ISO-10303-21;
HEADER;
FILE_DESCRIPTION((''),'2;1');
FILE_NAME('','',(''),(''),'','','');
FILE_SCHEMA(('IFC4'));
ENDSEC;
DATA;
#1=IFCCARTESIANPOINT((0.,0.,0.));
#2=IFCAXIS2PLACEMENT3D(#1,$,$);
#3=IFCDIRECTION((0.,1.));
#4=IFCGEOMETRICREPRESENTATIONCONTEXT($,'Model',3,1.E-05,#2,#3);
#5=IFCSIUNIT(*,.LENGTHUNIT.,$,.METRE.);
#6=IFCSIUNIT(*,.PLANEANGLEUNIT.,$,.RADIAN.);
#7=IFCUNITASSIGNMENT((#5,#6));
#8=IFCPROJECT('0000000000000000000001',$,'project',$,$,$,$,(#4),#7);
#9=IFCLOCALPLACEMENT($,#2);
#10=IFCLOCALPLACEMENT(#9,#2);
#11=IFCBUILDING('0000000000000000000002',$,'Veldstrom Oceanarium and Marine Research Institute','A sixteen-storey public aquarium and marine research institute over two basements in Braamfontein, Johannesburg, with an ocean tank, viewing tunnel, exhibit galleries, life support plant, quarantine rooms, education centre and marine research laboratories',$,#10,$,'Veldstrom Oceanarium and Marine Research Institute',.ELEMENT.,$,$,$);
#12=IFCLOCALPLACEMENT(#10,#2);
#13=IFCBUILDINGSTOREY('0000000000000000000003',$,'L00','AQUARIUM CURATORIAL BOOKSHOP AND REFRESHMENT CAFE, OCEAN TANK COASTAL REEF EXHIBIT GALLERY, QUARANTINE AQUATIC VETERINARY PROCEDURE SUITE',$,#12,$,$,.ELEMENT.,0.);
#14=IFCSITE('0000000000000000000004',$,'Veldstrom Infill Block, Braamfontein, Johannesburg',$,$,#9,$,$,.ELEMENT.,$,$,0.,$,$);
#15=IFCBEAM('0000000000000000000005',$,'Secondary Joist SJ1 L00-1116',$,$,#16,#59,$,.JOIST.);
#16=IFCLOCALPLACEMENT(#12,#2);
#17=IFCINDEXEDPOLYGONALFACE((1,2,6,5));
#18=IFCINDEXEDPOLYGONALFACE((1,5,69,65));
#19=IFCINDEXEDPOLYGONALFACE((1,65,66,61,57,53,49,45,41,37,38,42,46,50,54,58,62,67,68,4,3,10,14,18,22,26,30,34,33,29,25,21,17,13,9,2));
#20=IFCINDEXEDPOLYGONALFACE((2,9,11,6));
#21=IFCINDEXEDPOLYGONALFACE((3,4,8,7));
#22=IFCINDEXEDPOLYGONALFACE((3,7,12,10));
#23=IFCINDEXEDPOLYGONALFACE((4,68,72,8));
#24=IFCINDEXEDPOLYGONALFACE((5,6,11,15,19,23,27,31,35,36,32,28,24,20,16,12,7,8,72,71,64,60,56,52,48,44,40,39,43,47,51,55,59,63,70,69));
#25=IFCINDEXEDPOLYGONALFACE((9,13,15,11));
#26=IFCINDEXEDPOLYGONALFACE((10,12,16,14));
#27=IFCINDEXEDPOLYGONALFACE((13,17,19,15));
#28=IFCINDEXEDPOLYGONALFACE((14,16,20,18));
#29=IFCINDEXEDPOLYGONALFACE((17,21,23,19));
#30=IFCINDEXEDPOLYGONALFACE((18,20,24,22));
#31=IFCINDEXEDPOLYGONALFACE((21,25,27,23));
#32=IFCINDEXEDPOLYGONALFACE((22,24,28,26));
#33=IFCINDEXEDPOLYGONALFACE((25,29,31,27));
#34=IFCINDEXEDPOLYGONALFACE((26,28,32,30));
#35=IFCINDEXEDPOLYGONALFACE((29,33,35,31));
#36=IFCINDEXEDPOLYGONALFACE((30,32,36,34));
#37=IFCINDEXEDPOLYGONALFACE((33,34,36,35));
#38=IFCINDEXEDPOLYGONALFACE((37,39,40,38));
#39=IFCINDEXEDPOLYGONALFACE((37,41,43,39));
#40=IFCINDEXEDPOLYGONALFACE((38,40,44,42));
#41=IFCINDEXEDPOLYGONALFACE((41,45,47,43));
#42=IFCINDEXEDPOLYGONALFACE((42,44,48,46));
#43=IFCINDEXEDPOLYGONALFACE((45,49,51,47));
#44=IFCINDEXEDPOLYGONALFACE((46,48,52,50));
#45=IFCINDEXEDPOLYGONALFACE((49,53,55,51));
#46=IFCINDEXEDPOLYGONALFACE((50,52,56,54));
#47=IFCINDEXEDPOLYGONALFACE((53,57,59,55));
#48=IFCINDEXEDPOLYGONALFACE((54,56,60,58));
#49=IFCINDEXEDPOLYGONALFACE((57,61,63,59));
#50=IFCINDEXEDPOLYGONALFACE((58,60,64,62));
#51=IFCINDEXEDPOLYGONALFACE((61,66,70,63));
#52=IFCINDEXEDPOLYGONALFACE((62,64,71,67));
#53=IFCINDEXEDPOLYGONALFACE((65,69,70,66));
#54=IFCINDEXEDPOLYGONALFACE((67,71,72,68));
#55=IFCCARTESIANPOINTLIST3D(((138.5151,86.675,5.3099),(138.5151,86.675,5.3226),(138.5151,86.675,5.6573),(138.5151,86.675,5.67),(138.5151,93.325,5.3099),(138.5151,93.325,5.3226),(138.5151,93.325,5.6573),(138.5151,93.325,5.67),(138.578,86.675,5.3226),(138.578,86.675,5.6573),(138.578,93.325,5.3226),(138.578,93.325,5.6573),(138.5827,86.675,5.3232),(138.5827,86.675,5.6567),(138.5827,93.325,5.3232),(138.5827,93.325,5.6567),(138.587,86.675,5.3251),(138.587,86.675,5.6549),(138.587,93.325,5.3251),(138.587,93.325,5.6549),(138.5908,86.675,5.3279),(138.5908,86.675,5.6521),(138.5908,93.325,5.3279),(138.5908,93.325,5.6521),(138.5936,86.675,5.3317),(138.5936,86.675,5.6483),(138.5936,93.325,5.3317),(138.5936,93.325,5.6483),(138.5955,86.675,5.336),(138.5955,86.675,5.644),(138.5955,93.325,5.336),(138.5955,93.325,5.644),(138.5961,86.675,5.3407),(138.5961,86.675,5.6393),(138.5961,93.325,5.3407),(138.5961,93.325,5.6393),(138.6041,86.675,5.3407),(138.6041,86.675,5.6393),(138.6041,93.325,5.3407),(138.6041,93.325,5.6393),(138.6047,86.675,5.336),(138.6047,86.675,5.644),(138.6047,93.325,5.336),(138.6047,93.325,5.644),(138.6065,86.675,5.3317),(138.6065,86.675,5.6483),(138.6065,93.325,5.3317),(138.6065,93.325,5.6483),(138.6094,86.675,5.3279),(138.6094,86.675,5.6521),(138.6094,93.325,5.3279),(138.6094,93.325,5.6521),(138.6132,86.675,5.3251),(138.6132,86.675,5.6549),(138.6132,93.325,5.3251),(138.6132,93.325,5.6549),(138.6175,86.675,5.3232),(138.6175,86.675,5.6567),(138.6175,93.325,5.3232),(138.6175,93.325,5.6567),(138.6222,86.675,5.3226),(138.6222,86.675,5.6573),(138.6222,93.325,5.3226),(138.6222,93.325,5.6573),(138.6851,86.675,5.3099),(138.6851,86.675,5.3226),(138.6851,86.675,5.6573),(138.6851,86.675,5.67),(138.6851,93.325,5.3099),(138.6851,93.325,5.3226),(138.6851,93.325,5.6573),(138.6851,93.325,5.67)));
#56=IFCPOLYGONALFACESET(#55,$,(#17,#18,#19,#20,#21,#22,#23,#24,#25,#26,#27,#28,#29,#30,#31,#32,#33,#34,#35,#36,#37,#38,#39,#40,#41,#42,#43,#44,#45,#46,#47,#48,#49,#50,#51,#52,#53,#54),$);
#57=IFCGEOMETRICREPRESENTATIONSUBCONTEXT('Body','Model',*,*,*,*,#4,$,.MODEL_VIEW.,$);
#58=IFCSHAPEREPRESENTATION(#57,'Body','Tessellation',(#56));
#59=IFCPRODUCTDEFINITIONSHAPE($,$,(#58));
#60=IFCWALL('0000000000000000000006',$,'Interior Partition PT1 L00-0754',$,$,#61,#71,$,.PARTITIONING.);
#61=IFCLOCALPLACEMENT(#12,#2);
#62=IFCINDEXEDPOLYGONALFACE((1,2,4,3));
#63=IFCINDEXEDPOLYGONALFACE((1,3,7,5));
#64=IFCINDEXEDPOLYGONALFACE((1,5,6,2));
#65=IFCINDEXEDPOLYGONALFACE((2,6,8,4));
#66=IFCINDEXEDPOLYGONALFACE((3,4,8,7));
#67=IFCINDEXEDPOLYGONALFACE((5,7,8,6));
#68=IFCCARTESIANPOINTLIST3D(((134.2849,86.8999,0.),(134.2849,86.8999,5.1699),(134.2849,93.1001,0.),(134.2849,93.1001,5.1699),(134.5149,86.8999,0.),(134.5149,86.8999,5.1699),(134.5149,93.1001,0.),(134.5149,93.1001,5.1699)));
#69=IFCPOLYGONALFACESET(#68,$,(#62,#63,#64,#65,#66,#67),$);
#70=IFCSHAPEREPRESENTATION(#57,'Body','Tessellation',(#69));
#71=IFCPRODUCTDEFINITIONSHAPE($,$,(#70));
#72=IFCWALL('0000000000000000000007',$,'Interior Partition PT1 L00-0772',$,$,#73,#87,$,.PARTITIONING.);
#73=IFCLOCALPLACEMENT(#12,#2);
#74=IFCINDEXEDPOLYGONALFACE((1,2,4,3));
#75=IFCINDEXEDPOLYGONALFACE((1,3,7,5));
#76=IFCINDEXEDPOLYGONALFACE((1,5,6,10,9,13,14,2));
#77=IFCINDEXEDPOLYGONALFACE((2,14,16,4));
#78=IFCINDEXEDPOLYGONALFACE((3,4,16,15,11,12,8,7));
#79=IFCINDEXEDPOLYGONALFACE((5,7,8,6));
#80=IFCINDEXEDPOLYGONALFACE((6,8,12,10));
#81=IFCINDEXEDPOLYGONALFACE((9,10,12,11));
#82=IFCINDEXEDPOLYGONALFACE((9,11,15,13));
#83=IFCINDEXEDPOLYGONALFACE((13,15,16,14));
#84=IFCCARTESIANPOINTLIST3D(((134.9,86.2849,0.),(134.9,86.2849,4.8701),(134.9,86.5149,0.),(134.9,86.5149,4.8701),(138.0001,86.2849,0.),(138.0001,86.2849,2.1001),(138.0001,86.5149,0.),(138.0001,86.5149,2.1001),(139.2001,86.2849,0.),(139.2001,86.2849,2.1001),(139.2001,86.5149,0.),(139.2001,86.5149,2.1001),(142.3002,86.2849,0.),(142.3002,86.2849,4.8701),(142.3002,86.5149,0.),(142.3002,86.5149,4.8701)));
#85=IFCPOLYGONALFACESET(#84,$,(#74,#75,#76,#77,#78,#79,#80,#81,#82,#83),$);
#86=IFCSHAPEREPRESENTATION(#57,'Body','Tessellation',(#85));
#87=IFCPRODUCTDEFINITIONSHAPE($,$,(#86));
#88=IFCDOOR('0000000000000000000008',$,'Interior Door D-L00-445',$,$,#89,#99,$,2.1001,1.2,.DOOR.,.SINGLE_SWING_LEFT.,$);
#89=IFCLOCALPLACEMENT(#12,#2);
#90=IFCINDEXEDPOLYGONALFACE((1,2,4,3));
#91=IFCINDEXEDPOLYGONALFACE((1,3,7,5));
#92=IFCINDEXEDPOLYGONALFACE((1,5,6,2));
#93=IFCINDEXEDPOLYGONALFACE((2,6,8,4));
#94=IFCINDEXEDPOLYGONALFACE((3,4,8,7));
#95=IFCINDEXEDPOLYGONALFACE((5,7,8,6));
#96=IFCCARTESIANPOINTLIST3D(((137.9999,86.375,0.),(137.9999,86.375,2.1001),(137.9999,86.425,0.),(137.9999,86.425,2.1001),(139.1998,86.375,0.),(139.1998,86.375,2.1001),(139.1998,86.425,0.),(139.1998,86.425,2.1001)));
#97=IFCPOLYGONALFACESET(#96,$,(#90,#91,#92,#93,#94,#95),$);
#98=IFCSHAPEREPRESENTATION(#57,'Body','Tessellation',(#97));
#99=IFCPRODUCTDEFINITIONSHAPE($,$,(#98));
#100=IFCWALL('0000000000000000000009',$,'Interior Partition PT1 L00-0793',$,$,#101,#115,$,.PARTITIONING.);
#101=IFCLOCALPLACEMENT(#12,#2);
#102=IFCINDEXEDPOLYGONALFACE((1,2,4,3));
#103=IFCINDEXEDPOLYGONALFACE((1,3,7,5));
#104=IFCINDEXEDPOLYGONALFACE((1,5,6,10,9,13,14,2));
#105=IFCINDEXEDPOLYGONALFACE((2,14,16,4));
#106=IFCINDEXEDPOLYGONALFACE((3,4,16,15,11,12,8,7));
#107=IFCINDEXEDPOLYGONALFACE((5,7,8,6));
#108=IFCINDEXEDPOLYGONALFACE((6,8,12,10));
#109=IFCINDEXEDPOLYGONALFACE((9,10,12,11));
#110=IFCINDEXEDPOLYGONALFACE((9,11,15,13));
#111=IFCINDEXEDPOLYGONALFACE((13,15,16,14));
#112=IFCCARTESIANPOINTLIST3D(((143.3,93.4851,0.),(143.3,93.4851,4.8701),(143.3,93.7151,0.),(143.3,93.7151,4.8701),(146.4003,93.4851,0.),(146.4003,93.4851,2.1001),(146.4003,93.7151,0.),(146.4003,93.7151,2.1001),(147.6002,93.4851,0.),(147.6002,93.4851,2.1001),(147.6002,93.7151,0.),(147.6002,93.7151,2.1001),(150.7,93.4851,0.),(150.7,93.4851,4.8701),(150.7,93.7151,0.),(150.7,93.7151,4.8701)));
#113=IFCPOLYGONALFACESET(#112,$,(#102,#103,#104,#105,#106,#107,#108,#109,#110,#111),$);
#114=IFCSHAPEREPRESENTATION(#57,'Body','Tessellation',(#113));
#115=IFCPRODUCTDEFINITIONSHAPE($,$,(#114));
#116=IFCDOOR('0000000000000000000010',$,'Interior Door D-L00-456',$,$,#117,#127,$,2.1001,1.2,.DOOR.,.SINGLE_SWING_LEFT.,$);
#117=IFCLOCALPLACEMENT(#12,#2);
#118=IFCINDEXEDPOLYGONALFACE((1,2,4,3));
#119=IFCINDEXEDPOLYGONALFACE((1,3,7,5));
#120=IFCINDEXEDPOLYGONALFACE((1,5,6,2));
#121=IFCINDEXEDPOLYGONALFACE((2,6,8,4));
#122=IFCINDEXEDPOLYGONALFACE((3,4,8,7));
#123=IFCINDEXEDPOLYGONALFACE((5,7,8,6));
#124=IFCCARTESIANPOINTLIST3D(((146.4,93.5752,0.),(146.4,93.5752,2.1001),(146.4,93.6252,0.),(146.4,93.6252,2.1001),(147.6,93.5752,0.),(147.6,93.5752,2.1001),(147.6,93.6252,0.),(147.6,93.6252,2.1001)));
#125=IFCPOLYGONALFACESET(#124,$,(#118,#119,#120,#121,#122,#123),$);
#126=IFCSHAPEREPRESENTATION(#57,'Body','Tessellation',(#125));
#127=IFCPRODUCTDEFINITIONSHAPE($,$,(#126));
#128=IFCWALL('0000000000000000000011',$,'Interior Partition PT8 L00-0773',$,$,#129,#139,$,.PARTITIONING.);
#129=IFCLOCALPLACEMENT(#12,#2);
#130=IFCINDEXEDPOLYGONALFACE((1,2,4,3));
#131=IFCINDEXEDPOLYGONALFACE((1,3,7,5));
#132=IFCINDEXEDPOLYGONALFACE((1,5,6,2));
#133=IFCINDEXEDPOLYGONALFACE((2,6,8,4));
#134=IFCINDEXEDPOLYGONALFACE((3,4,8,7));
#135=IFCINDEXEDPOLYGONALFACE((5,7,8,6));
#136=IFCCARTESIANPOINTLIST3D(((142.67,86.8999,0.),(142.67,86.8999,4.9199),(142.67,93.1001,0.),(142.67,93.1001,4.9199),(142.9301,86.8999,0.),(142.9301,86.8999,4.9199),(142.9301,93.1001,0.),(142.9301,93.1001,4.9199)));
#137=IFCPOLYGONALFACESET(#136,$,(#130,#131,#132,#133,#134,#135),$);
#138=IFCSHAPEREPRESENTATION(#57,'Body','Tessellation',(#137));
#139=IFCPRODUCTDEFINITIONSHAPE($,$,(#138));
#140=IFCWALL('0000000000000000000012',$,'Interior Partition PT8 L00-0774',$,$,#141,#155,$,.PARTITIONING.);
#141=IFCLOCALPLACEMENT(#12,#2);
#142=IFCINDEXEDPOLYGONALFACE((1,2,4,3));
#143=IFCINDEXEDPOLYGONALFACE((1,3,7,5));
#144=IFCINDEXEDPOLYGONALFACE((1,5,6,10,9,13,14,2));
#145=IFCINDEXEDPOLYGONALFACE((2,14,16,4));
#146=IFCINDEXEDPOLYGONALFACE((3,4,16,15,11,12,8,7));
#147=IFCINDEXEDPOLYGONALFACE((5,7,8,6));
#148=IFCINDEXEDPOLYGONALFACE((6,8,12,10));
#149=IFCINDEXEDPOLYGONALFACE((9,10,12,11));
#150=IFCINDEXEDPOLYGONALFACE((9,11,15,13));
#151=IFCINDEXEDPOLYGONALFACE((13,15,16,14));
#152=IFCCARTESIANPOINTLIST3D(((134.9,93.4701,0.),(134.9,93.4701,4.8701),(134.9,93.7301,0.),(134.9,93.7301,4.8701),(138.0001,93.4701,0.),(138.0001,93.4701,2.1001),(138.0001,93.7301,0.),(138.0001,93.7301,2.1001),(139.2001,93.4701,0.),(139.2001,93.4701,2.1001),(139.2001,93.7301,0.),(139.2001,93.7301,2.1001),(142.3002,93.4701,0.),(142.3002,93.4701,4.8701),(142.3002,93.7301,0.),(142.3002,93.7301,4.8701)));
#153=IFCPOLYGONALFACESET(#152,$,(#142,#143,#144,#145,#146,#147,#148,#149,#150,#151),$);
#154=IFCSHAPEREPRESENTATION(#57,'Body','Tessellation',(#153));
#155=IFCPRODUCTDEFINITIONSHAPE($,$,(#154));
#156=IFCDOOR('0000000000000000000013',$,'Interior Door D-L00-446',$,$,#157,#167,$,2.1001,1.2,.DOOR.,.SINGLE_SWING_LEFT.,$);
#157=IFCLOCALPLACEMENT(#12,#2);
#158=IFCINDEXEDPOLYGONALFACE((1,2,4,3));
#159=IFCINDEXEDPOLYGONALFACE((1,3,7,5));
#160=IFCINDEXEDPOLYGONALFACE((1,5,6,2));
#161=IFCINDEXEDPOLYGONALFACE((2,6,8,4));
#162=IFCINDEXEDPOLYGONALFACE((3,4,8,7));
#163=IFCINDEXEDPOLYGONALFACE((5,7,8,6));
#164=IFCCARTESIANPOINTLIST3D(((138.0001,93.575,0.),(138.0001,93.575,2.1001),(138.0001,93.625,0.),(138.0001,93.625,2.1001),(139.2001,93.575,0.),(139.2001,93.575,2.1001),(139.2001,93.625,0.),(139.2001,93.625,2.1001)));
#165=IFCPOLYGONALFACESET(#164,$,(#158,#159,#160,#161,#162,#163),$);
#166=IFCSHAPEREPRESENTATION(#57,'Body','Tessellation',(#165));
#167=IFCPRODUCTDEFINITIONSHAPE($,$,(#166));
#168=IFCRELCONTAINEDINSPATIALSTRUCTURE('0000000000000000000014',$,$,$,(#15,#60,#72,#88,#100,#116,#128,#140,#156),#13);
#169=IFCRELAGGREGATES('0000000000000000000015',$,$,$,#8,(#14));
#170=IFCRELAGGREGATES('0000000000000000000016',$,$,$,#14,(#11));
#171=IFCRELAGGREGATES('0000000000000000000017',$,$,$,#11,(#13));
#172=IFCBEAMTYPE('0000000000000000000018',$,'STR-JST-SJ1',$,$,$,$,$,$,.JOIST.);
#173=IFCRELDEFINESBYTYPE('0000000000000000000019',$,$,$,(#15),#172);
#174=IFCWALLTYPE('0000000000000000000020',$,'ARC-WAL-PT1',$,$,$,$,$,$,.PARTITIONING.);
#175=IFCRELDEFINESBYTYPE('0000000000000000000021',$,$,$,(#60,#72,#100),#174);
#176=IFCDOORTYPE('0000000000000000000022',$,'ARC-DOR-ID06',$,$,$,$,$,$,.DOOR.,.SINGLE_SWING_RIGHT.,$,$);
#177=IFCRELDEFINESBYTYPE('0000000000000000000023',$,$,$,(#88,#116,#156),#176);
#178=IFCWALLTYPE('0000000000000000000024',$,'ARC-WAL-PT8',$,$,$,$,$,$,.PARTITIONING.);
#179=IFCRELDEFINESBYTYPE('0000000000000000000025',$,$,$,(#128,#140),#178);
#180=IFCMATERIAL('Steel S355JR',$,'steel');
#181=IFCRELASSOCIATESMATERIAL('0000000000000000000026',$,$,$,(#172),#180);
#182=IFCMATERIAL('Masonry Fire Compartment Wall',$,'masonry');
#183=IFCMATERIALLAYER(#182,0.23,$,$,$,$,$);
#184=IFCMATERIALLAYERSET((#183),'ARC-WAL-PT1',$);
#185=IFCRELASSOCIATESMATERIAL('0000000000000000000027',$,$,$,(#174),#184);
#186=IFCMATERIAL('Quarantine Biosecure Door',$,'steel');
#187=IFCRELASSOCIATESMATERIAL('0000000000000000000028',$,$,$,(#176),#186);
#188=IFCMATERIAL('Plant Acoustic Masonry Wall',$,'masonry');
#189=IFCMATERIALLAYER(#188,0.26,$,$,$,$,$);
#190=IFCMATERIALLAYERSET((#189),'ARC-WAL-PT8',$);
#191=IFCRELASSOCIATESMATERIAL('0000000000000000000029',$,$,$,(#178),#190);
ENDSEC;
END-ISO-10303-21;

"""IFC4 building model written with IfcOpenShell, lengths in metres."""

from ifc_helpers import new_model, si_unit, direction, frame, frame_2d, origin, origin_2d, place, context, subcontext, project, spatial, rectangle, i_section, extrude, material, layer, layer_set, material_profile, profile_set, type_object, element, fill, save


model = new_model("IFC4")

# Units and contexts
model_context = context("Model", 3, precision=1e-05, world=origin(), true_north=direction((0.0, 1.0)))
body_context = subcontext(model_context, "Body", "Model", "MODEL_VIEW")
ifc_project = project(units=[si_unit("LENGTHUNIT", "METRE"), si_unit("PLANEANGLEUNIT", "RADIAN")], contexts=[model_context])

# Site, building, storey
site_placement = place(None, origin())
site = spatial("IfcSite", under=ifc_project, at=site_placement, Name="Veldstrom Infill Block, Braamfontein, Johannesburg", CompositionType="ELEMENT", RefElevation=0.0)
building_placement = place(site_placement, origin())
building = spatial("IfcBuilding", under=site, at=building_placement, Name="Veldstrom Oceanarium and Marine Research Institute", Description="A sixteen-storey public aquarium and marine research institute over two basements in Braamfontein, Johannesburg, with an ocean tank, viewing tunnel, exhibit galleries, life support plant, quarantine rooms, education centre and marine research laboratories", LongName="Veldstrom Oceanarium and Marine Research Institute", CompositionType="ELEMENT")
storey_placement = place(building_placement, origin())
storey = spatial("IfcBuildingStorey", under=building, at=storey_placement, Name="L00", Description="AQUARIUM CURATORIAL BOOKSHOP AND REFRESHMENT CAFE, OCEAN TANK COASTAL REEF EXHIBIT GALLERY, QUARANTINE AQUATIC VETERINARY PROCEDURE SUITE", CompositionType="ELEMENT", Elevation=0.0)

# Beam
ifc_material_1 = material(Name="Steel S355JR", Category="steel")
ifc_material_profile_1 = material_profile(ifc_material_1, i_section(OverallWidth=0.1699, OverallDepth=0.3601, WebThickness=0.0081, FlangeThickness=0.0127, FilletRadius=0.0181, at=origin_2d()), Name="IPE 360")
ifc_profile_set_1 = profile_set([ifc_material_profile_1], Name="Steel S355JR")
beam_type_1 = type_object("IfcBeamType", Name="STR-JST-SJ1", PredefinedType="JOIST", material=ifc_profile_set_1)
beam_1_placement = place(storey_placement, frame((138.6001, 86.675, 5.49), z_axis=(0.0, 1.0, 0.0), x_axis=(-1.0, 0.0, 0.0)))
element("IfcBeam", 1, at=beam_1_placement, inside=storey, type_object=beam_type_1, Name="Secondary Joist SJ1 L00-1116", PredefinedType="JOIST", context=body_context, shape_type="SweptSolid", body=[
    extrude(i_section(OverallWidth=0.1699, OverallDepth=0.3601, WebThickness=0.0081, FlangeThickness=0.0127, FilletRadius=0.0181, at=origin_2d()), origin(), (0.0, 0.0, 1.0), 6.6499),
])

# Wall
ifc_material_2 = material(Name="Masonry Fire Compartment Wall", Category="masonry")
ifc_layer_1 = layer(ifc_material_2, 0.23)
ifc_layer_set_1 = layer_set([ifc_layer_1], Name="ARC-WAL-PT1")
wall_type_1 = type_object("IfcWallType", Name="ARC-WAL-PT1", PredefinedType="PARTITIONING", material=ifc_layer_set_1)
wall_1_placement = place(storey_placement, frame((134.3999, 86.8999, 0.0), z_axis=(0.0, 0.0, 1.0), x_axis=(0.0, 1.0, 0.0)))
element("IfcWall", 2, at=wall_1_placement, inside=storey, type_object=wall_type_1, Name="Interior Partition PT1 L00-0754", PredefinedType="PARTITIONING", context=body_context, shape_type="SweptSolid", body=[
    extrude(rectangle(XDim=6.2002, YDim=0.23, at=frame_2d((3.1001, 0.0))), origin(), (0.0, 0.0, 1.0), 5.1699),
])

# Walls, openings, doors
wall_2_placement = place(storey_placement, frame((134.8999, 86.3999, 0.0), z_axis=(0.0, 0.0, 1.0), x_axis=(1.0, 0.0, 0.0)))
wall_2 = element("IfcWall", 3, at=wall_2_placement, inside=storey, type_object=wall_type_1, Name="Interior Partition PT1 L00-0772", PredefinedType="PARTITIONING", context=body_context, shape_type="SweptSolid", body=[
    extrude(rectangle(XDim=7.4001, YDim=0.23, at=frame_2d((3.7002, 0.0))), origin(), (0.0, 0.0, 1.0), 4.8701),
])
opening_1_placement = place(wall_2_placement, frame((3.1001, 0.0, 0.0)))
opening_1 = element("IfcOpeningElement", 4, at=opening_1_placement, cuts=wall_2, PredefinedType="OPENING", context=body_context, shape_type="SweptSolid", body=[
    extrude(rectangle(XDim=1.2, YDim=2.1001, at=frame_2d((0.6001, 1.05))), frame((0.0, 0.125, 0.0), z_axis=(0.0, -1.0, 0.0), x_axis=(1.0, 0.0, 0.0)), (0.0, 0.0, 1.0), 0.25),
])
ifc_material_3 = material(Name="Quarantine Biosecure Door", Category="steel")
door_type = type_object("IfcDoorType", Name="ARC-DOR-ID06", OperationType="SINGLE_SWING_RIGHT", PredefinedType="DOOR", material=ifc_material_3)
door_1_placement = place(opening_1_placement, frame((1.2, 0.0, 0.0), z_axis=(0.0, 0.0, 1.0), x_axis=(-1.0, 0.0, 0.0)))
door_1 = element("IfcDoor", 5, at=door_1_placement, inside=storey, type_object=door_type, Name="Interior Door D-L00-445", OperationType="SINGLE_SWING_LEFT", OverallHeight=2.1001, OverallWidth=1.2, PredefinedType="DOOR", context=body_context, shape_type="SweptSolid", body=[
    extrude(rectangle(XDim=1.2, YDim=2.1001, at=frame_2d((0.6001, 1.05))), frame((0.0, 0.0249, 0.0), z_axis=(0.0, -1.0, 0.0), x_axis=(1.0, 0.0, 0.0)), (0.0, 0.0, 1.0), 0.05),
])
fill(opening_1, door_1)
wall_3_placement = place(storey_placement, frame((143.3, 93.6001, 0.0), z_axis=(0.0, 0.0, 1.0), x_axis=(1.0, 0.0, 0.0)))
wall_3 = element("IfcWall", 6, at=wall_3_placement, inside=storey, type_object=wall_type_1, Name="Interior Partition PT1 L00-0793", PredefinedType="PARTITIONING", context=body_context, shape_type="SweptSolid", body=[
    extrude(rectangle(XDim=7.3999, YDim=0.23, at=frame_2d((3.7, 0.0))), origin(), (0.0, 0.0, 1.0), 4.8701),
])
opening_2_placement = place(wall_3_placement, frame((3.1001, 0.0, 0.0)))
opening_2 = element("IfcOpeningElement", 7, at=opening_2_placement, cuts=wall_3, PredefinedType="OPENING", context=body_context, shape_type="SweptSolid", body=[
    extrude(rectangle(XDim=1.2, YDim=2.1001, at=frame_2d((0.6001, 1.05))), frame((0.0, 0.125, 0.0), z_axis=(0.0, -1.0, 0.0), x_axis=(1.0, 0.0, 0.0)), (0.0, 0.0, 1.0), 0.25),
])
door_2_placement = place(opening_2_placement, frame((1.2, 0.0, 0.0), z_axis=(0.0, 0.0, 1.0), x_axis=(-1.0, 0.0, 0.0)))
door_2 = element("IfcDoor", 8, at=door_2_placement, inside=storey, type_object=door_type, Name="Interior Door D-L00-456", OperationType="SINGLE_SWING_LEFT", OverallHeight=2.1001, OverallWidth=1.2, PredefinedType="DOOR", context=body_context, shape_type="SweptSolid", body=[
    extrude(rectangle(XDim=1.2, YDim=2.1001, at=frame_2d((0.6001, 1.05))), frame((0.0, 0.0249, 0.0), z_axis=(0.0, -1.0, 0.0), x_axis=(1.0, 0.0, 0.0)), (0.0, 0.0, 1.0), 0.05),
])
fill(opening_2, door_2)

# Wall
ifc_material_4 = material(Name="Plant Acoustic Masonry Wall", Category="masonry")
ifc_layer_2 = layer(ifc_material_4, 0.26)
ifc_layer_set_2 = layer_set([ifc_layer_2], Name="ARC-WAL-PT8")
wall_type_2 = type_object("IfcWallType", Name="ARC-WAL-PT8", PredefinedType="PARTITIONING", material=ifc_layer_set_2)
wall_4_placement = place(storey_placement, frame((142.8, 86.8999, 0.0), z_axis=(0.0, 0.0, 1.0), x_axis=(0.0, 1.0, 0.0)))
element("IfcWall", 9, at=wall_4_placement, inside=storey, type_object=wall_type_2, Name="Interior Partition PT8 L00-0773", PredefinedType="PARTITIONING", context=body_context, shape_type="SweptSolid", body=[
    extrude(rectangle(XDim=6.2002, YDim=0.26, at=frame_2d((3.1001, 0.0))), origin(), (0.0, 0.0, 1.0), 4.9199),
])

# Wall, opening, door
wall_5_placement = place(storey_placement, frame((134.8999, 93.6001, 0.0), z_axis=(0.0, 0.0, 1.0), x_axis=(1.0, 0.0, 0.0)))
wall_5 = element("IfcWall", 10, at=wall_5_placement, inside=storey, type_object=wall_type_2, Name="Interior Partition PT8 L00-0774", PredefinedType="PARTITIONING", context=body_context, shape_type="SweptSolid", body=[
    extrude(rectangle(XDim=7.4001, YDim=0.26, at=frame_2d((3.7002, 0.0))), origin(), (0.0, 0.0, 1.0), 4.8701),
])
opening_3_placement = place(wall_5_placement, frame((3.1001, 0.0, 0.0)))
opening_3 = element("IfcOpeningElement", 11, at=opening_3_placement, cuts=wall_5, PredefinedType="OPENING", context=body_context, shape_type="SweptSolid", body=[
    extrude(rectangle(XDim=1.2, YDim=2.1001, at=frame_2d((0.6001, 1.05))), frame((0.0, 0.1399, 0.0), z_axis=(0.0, -1.0, 0.0), x_axis=(1.0, 0.0, 0.0)), (0.0, 0.0, 1.0), 0.28),
])
door_3_placement = place(opening_3_placement, origin())
door_3 = element("IfcDoor", 12, at=door_3_placement, inside=storey, type_object=door_type, Name="Interior Door D-L00-446", OperationType="SINGLE_SWING_LEFT", OverallHeight=2.1001, OverallWidth=1.2, PredefinedType="DOOR", context=body_context, shape_type="SweptSolid", body=[
    extrude(rectangle(XDim=1.2, YDim=2.1001, at=frame_2d((0.6001, 1.05))), frame((0.0, 0.0249, 0.0), z_axis=(0.0, -1.0, 0.0), x_axis=(1.0, 0.0, 0.0)), (0.0, 0.0, 1.0), 0.05),
])
fill(opening_3, door_3)

save(model, "model.ifc")
